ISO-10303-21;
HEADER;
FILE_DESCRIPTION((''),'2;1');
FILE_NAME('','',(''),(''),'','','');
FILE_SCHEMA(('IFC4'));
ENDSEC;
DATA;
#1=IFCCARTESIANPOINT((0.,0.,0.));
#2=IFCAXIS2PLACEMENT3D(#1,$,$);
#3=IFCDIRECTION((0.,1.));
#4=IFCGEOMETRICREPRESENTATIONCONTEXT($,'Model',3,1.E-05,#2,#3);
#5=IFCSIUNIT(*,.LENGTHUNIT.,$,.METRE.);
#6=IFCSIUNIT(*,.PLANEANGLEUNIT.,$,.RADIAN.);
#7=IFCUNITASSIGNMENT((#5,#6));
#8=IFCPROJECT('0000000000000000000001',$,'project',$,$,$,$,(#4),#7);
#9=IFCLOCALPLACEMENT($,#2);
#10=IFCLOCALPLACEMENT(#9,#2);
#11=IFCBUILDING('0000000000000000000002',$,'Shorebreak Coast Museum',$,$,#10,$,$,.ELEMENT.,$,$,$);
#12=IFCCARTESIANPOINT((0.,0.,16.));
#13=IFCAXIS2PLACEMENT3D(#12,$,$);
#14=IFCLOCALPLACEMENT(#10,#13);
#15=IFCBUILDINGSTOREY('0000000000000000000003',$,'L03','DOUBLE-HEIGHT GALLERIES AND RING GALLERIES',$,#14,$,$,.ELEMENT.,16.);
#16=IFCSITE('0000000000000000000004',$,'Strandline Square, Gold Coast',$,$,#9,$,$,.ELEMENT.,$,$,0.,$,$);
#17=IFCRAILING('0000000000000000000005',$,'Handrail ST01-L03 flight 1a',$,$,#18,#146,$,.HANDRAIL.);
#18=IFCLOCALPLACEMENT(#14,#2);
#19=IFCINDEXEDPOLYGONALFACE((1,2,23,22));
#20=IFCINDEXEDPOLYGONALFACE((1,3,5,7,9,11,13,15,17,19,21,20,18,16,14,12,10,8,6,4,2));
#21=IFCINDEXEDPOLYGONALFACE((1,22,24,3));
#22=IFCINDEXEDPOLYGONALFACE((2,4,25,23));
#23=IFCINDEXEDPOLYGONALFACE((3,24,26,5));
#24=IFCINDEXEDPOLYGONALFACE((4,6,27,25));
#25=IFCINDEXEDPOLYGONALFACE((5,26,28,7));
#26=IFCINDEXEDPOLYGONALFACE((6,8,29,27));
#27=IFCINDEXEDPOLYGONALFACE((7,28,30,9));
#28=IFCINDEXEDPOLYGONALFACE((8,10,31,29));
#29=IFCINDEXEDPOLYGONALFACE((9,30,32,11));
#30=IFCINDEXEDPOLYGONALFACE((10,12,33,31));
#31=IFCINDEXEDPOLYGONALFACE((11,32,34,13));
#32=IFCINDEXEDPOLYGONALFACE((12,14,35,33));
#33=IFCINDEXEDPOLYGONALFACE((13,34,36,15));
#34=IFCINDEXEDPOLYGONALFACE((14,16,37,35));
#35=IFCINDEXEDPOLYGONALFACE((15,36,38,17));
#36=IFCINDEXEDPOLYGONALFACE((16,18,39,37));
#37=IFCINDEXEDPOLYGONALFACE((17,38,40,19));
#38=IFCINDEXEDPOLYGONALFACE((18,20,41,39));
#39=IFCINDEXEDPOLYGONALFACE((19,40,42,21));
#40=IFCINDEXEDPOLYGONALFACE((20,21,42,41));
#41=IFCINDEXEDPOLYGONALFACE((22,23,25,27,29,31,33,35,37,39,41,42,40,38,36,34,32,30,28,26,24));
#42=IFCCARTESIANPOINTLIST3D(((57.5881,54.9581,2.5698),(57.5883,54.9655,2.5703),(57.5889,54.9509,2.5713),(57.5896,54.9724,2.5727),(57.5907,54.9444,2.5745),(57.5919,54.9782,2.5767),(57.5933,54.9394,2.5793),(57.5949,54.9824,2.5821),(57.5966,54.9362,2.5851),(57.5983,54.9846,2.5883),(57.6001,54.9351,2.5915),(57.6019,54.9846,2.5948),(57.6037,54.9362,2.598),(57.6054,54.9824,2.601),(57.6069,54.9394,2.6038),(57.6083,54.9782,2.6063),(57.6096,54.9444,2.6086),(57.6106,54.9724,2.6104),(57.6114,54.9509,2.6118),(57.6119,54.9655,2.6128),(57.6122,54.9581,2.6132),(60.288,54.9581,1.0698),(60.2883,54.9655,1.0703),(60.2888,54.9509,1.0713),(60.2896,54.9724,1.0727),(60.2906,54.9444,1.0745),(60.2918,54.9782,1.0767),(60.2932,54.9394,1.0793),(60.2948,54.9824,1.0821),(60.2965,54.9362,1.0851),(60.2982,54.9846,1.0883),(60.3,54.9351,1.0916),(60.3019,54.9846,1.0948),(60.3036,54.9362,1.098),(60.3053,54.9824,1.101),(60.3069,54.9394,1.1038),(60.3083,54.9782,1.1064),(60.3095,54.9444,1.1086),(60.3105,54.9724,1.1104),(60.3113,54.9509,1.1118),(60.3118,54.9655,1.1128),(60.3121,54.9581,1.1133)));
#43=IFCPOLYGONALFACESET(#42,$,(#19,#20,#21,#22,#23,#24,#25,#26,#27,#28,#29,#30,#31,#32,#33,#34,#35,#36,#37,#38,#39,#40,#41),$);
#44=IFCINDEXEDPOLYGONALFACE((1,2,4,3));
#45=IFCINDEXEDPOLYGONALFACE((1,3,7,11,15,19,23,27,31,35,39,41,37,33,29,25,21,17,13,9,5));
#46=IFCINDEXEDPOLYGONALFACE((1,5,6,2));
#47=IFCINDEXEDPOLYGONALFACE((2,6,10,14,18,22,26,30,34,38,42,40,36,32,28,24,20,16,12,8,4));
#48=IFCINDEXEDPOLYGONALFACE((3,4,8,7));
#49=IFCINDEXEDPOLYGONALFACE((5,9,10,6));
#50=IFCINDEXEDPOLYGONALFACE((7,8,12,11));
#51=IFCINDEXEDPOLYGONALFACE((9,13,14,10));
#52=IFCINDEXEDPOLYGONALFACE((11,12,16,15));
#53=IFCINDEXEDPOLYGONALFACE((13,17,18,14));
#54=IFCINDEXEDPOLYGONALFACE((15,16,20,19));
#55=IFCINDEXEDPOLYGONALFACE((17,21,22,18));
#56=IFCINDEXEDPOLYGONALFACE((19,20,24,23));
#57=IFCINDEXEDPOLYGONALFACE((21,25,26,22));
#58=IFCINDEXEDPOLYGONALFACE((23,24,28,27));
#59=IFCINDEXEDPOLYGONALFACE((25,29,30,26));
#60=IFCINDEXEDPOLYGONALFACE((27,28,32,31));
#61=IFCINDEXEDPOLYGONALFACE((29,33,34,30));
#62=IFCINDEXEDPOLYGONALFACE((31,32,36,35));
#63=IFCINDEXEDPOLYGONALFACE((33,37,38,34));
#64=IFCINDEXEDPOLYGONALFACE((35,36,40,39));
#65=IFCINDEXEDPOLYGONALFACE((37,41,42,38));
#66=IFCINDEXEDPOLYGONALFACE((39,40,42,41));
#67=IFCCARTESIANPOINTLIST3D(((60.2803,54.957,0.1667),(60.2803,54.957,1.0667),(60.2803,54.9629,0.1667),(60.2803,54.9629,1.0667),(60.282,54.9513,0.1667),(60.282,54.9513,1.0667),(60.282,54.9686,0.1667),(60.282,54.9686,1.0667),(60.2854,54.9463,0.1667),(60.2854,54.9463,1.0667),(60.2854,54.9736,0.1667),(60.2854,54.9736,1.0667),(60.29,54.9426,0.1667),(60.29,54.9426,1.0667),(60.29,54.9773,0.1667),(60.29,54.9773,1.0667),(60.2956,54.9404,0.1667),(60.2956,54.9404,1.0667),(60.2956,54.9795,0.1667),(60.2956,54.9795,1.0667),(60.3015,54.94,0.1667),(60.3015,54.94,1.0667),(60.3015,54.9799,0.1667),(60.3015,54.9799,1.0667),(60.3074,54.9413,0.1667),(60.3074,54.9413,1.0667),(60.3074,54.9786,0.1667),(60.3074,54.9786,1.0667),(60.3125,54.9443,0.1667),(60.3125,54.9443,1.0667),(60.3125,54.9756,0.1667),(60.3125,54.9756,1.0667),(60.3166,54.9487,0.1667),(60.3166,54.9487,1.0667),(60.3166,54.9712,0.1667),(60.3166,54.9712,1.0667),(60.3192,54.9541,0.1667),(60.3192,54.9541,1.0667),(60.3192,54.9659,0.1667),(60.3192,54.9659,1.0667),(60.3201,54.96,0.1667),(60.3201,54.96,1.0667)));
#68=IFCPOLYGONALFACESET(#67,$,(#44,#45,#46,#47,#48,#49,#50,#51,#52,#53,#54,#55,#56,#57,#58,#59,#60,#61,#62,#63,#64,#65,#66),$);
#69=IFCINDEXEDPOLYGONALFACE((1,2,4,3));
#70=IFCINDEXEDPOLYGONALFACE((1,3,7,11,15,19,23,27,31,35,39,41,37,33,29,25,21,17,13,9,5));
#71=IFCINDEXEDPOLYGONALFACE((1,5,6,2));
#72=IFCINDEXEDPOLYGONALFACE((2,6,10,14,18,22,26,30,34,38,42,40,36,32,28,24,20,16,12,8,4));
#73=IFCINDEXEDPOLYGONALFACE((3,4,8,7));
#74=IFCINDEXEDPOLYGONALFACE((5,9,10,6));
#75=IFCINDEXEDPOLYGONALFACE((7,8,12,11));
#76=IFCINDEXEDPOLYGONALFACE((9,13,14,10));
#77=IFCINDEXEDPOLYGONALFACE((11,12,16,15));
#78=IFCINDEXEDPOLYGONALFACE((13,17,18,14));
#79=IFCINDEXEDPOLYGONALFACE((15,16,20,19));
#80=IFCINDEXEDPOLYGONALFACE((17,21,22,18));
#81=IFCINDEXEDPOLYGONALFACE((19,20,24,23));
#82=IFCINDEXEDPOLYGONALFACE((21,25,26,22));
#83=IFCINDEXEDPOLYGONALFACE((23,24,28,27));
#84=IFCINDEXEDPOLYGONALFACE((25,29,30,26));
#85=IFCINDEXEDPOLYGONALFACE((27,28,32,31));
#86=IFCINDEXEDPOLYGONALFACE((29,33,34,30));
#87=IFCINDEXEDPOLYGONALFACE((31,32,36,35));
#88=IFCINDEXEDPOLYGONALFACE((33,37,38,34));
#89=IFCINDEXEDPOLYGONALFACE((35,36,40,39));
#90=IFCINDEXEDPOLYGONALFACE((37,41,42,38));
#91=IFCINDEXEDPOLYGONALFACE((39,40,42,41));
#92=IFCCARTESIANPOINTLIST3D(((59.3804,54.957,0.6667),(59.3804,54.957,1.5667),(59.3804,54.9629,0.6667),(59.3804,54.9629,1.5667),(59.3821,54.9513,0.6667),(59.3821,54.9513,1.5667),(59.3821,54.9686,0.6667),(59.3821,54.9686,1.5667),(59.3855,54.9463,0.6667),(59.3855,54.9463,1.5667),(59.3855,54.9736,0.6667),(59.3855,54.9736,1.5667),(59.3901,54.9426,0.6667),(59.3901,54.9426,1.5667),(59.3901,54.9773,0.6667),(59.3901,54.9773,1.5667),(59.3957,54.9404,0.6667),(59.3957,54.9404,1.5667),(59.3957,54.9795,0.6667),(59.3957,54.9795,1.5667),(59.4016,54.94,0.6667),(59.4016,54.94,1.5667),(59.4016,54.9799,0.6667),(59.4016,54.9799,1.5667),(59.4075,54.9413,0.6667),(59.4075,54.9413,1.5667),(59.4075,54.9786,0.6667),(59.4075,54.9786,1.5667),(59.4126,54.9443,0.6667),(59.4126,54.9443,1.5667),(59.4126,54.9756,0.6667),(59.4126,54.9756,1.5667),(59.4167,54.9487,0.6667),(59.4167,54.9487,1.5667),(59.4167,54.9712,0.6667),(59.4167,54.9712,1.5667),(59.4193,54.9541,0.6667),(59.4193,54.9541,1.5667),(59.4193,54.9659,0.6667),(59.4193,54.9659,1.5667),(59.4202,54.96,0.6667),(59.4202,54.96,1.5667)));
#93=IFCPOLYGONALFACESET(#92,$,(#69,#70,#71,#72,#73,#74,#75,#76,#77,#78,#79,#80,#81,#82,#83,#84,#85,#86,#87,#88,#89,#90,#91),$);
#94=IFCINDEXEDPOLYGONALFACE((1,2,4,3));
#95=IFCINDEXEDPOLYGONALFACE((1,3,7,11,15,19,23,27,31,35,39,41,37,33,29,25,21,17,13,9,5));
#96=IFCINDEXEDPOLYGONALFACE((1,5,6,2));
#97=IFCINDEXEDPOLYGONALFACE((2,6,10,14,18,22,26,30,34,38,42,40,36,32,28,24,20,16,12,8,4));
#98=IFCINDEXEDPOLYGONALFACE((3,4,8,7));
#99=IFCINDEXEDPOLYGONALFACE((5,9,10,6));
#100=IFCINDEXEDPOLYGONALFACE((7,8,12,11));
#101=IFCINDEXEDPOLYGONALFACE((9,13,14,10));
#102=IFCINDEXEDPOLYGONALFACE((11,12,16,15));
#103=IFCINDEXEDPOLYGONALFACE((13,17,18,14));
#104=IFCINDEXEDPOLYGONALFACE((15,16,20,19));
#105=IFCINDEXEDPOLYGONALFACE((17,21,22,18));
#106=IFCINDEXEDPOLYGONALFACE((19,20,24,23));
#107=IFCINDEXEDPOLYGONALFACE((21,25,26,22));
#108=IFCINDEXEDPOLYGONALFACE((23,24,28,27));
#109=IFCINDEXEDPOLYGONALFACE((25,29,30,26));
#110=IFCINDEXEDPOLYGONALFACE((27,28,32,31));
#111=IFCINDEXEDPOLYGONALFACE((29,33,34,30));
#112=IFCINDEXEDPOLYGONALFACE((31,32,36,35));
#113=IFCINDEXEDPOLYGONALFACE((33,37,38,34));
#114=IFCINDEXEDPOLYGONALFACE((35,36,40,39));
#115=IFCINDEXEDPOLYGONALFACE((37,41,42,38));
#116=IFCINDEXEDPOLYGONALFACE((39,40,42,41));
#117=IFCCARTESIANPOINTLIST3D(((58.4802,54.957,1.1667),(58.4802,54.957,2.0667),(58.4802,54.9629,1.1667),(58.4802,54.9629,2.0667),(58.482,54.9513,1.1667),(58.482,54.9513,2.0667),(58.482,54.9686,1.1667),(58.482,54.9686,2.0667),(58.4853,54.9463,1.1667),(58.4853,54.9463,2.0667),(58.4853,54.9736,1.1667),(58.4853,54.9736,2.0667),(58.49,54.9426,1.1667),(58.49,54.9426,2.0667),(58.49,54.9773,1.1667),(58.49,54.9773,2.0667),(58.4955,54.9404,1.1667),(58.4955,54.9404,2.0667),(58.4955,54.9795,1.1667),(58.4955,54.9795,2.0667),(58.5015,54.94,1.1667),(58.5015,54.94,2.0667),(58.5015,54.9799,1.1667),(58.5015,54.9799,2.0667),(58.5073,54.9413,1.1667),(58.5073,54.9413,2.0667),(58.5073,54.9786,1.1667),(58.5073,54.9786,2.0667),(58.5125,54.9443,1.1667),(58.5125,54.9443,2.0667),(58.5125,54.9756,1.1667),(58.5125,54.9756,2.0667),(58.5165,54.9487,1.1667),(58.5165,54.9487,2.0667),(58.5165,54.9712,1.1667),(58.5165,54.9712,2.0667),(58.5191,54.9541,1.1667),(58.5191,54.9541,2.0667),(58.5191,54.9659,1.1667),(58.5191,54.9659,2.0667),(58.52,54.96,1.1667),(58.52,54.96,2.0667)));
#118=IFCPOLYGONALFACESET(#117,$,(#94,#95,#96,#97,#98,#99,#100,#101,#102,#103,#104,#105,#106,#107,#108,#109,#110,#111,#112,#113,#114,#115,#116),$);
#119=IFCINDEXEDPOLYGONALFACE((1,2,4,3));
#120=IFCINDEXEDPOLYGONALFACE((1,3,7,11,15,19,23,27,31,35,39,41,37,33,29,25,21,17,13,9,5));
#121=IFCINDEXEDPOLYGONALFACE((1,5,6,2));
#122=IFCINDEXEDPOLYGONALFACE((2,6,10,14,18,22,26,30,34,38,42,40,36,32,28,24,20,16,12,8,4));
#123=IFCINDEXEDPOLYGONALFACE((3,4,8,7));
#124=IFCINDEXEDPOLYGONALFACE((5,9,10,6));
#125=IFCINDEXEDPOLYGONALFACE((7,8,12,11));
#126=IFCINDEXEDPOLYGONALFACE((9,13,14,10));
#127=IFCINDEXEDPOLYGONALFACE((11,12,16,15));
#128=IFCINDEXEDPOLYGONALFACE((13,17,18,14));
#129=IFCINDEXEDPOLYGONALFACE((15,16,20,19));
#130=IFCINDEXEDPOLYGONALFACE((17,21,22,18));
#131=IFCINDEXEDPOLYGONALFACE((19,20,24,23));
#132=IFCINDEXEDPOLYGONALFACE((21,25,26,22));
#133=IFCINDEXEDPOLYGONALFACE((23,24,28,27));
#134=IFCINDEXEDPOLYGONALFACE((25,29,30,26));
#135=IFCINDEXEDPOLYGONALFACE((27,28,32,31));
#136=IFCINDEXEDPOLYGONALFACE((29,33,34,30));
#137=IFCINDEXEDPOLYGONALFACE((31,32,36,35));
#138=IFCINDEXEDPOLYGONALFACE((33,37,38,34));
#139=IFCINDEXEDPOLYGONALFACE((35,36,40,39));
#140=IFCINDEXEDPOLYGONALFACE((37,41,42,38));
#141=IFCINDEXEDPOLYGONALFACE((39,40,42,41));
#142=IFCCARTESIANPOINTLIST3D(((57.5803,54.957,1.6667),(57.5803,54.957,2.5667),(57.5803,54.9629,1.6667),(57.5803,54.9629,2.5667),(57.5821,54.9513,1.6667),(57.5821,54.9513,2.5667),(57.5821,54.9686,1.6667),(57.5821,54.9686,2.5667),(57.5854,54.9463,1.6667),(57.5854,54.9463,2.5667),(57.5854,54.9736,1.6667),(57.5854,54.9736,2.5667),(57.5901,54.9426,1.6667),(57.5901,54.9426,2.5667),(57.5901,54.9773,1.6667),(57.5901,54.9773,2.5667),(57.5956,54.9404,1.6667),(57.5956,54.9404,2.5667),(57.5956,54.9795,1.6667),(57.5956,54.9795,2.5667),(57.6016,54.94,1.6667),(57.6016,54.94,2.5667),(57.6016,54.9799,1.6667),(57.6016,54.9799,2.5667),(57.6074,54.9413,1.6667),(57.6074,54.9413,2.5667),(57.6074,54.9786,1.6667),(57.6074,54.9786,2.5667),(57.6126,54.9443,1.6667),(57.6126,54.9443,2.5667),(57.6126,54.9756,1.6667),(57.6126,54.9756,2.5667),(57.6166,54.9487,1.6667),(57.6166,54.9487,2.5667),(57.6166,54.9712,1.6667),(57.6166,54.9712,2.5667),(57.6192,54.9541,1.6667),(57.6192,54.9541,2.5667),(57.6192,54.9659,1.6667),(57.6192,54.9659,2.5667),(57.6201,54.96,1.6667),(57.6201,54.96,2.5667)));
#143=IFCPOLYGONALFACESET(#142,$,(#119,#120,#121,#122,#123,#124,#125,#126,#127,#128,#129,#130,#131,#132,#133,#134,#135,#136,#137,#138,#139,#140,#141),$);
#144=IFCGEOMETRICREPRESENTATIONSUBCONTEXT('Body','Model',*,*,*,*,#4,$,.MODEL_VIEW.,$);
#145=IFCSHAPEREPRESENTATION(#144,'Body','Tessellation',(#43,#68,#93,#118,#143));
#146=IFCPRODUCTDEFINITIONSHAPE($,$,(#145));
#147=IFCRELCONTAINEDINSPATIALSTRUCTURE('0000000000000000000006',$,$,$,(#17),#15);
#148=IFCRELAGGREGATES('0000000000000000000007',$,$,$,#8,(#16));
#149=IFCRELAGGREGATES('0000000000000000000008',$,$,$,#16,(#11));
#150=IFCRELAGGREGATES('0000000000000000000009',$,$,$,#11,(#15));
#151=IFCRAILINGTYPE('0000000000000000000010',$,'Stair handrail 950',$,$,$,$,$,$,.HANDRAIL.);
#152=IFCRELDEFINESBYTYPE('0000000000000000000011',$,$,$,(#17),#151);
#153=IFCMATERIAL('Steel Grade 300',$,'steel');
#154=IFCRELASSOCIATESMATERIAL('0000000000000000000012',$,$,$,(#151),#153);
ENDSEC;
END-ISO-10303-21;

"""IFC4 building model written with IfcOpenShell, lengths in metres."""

from ifc_helpers import new_model, si_unit, direction, frame, origin, origin_2d, place, context, subcontext, project, spatial, circle, extrude, material, type_object, element, save


model = new_model("IFC4")

# Units and contexts
model_context = context("Model", 3, precision=1e-05, world=origin(), true_north=direction((0.0, 1.0)))
body_context = subcontext(model_context, "Body", "Model", "MODEL_VIEW")
ifc_project = project(units=[si_unit("LENGTHUNIT", "METRE"), si_unit("PLANEANGLEUNIT", "RADIAN")], contexts=[model_context])

# Site, building, storey
site_placement = place(None, origin())
site = spatial("IfcSite", under=ifc_project, at=site_placement, Name="Strandline Square, Gold Coast", CompositionType="ELEMENT", RefElevation=0.0)
building_placement = place(site_placement, origin())
building = spatial("IfcBuilding", under=site, at=building_placement, Name="Shorebreak Coast Museum", CompositionType="ELEMENT")
storey_placement = place(building_placement, frame((0.0, 0.0, 16.0)))
storey = spatial("IfcBuildingStorey", under=building, at=storey_placement, Name="L03", Description="DOUBLE-HEIGHT GALLERIES AND RING GALLERIES", CompositionType="ELEMENT", Elevation=16.0)

# Railing
ifc_material_1 = material(Name="Steel Grade 300", Category="steel")
railing_type_1 = type_object("IfcRailingType", Name="Stair handrail 950", PredefinedType="HANDRAIL", material=ifc_material_1)
for number, where, name in (
    (1, (60.3, 54.96, 0.1667), "Handrail ST01-L03 flight 1a"),
):
    element("IfcRailing", number, at=place(storey_placement, frame(where)), inside=storey, type_object=railing_type_1, Name=name, PredefinedType="HANDRAIL", context=body_context, shape_type="SweptSolid", body=[
        extrude(circle(Radius=0.0249, at=origin_2d()), frame((0.0, 0.0, 0.9248), z_axis=(-0.874154, 0.0, 0.48565), x_axis=(0.0, -1.0, 0.0)), (0.0, 0.0, 1.0), 3.0886),
        extrude(circle(Radius=0.02, at=origin_2d()), origin(), (0.0, 0.0, 1.0), 0.8999),
        extrude(circle(Radius=0.02, at=origin_2d()), frame((-0.8999, 0.0, 0.5)), (0.0, 0.0, 1.0), 0.8999),
        extrude(circle(Radius=0.02, at=origin_2d()), frame((-1.8, 0.0, 1.0)), (0.0, 0.0, 1.0), 0.8999),
        extrude(circle(Radius=0.02, at=origin_2d()), frame((-2.7, 0.0, 1.5)), (0.0, 0.0, 1.0), 0.8999),
    ])

save(model, "model.ifc")
